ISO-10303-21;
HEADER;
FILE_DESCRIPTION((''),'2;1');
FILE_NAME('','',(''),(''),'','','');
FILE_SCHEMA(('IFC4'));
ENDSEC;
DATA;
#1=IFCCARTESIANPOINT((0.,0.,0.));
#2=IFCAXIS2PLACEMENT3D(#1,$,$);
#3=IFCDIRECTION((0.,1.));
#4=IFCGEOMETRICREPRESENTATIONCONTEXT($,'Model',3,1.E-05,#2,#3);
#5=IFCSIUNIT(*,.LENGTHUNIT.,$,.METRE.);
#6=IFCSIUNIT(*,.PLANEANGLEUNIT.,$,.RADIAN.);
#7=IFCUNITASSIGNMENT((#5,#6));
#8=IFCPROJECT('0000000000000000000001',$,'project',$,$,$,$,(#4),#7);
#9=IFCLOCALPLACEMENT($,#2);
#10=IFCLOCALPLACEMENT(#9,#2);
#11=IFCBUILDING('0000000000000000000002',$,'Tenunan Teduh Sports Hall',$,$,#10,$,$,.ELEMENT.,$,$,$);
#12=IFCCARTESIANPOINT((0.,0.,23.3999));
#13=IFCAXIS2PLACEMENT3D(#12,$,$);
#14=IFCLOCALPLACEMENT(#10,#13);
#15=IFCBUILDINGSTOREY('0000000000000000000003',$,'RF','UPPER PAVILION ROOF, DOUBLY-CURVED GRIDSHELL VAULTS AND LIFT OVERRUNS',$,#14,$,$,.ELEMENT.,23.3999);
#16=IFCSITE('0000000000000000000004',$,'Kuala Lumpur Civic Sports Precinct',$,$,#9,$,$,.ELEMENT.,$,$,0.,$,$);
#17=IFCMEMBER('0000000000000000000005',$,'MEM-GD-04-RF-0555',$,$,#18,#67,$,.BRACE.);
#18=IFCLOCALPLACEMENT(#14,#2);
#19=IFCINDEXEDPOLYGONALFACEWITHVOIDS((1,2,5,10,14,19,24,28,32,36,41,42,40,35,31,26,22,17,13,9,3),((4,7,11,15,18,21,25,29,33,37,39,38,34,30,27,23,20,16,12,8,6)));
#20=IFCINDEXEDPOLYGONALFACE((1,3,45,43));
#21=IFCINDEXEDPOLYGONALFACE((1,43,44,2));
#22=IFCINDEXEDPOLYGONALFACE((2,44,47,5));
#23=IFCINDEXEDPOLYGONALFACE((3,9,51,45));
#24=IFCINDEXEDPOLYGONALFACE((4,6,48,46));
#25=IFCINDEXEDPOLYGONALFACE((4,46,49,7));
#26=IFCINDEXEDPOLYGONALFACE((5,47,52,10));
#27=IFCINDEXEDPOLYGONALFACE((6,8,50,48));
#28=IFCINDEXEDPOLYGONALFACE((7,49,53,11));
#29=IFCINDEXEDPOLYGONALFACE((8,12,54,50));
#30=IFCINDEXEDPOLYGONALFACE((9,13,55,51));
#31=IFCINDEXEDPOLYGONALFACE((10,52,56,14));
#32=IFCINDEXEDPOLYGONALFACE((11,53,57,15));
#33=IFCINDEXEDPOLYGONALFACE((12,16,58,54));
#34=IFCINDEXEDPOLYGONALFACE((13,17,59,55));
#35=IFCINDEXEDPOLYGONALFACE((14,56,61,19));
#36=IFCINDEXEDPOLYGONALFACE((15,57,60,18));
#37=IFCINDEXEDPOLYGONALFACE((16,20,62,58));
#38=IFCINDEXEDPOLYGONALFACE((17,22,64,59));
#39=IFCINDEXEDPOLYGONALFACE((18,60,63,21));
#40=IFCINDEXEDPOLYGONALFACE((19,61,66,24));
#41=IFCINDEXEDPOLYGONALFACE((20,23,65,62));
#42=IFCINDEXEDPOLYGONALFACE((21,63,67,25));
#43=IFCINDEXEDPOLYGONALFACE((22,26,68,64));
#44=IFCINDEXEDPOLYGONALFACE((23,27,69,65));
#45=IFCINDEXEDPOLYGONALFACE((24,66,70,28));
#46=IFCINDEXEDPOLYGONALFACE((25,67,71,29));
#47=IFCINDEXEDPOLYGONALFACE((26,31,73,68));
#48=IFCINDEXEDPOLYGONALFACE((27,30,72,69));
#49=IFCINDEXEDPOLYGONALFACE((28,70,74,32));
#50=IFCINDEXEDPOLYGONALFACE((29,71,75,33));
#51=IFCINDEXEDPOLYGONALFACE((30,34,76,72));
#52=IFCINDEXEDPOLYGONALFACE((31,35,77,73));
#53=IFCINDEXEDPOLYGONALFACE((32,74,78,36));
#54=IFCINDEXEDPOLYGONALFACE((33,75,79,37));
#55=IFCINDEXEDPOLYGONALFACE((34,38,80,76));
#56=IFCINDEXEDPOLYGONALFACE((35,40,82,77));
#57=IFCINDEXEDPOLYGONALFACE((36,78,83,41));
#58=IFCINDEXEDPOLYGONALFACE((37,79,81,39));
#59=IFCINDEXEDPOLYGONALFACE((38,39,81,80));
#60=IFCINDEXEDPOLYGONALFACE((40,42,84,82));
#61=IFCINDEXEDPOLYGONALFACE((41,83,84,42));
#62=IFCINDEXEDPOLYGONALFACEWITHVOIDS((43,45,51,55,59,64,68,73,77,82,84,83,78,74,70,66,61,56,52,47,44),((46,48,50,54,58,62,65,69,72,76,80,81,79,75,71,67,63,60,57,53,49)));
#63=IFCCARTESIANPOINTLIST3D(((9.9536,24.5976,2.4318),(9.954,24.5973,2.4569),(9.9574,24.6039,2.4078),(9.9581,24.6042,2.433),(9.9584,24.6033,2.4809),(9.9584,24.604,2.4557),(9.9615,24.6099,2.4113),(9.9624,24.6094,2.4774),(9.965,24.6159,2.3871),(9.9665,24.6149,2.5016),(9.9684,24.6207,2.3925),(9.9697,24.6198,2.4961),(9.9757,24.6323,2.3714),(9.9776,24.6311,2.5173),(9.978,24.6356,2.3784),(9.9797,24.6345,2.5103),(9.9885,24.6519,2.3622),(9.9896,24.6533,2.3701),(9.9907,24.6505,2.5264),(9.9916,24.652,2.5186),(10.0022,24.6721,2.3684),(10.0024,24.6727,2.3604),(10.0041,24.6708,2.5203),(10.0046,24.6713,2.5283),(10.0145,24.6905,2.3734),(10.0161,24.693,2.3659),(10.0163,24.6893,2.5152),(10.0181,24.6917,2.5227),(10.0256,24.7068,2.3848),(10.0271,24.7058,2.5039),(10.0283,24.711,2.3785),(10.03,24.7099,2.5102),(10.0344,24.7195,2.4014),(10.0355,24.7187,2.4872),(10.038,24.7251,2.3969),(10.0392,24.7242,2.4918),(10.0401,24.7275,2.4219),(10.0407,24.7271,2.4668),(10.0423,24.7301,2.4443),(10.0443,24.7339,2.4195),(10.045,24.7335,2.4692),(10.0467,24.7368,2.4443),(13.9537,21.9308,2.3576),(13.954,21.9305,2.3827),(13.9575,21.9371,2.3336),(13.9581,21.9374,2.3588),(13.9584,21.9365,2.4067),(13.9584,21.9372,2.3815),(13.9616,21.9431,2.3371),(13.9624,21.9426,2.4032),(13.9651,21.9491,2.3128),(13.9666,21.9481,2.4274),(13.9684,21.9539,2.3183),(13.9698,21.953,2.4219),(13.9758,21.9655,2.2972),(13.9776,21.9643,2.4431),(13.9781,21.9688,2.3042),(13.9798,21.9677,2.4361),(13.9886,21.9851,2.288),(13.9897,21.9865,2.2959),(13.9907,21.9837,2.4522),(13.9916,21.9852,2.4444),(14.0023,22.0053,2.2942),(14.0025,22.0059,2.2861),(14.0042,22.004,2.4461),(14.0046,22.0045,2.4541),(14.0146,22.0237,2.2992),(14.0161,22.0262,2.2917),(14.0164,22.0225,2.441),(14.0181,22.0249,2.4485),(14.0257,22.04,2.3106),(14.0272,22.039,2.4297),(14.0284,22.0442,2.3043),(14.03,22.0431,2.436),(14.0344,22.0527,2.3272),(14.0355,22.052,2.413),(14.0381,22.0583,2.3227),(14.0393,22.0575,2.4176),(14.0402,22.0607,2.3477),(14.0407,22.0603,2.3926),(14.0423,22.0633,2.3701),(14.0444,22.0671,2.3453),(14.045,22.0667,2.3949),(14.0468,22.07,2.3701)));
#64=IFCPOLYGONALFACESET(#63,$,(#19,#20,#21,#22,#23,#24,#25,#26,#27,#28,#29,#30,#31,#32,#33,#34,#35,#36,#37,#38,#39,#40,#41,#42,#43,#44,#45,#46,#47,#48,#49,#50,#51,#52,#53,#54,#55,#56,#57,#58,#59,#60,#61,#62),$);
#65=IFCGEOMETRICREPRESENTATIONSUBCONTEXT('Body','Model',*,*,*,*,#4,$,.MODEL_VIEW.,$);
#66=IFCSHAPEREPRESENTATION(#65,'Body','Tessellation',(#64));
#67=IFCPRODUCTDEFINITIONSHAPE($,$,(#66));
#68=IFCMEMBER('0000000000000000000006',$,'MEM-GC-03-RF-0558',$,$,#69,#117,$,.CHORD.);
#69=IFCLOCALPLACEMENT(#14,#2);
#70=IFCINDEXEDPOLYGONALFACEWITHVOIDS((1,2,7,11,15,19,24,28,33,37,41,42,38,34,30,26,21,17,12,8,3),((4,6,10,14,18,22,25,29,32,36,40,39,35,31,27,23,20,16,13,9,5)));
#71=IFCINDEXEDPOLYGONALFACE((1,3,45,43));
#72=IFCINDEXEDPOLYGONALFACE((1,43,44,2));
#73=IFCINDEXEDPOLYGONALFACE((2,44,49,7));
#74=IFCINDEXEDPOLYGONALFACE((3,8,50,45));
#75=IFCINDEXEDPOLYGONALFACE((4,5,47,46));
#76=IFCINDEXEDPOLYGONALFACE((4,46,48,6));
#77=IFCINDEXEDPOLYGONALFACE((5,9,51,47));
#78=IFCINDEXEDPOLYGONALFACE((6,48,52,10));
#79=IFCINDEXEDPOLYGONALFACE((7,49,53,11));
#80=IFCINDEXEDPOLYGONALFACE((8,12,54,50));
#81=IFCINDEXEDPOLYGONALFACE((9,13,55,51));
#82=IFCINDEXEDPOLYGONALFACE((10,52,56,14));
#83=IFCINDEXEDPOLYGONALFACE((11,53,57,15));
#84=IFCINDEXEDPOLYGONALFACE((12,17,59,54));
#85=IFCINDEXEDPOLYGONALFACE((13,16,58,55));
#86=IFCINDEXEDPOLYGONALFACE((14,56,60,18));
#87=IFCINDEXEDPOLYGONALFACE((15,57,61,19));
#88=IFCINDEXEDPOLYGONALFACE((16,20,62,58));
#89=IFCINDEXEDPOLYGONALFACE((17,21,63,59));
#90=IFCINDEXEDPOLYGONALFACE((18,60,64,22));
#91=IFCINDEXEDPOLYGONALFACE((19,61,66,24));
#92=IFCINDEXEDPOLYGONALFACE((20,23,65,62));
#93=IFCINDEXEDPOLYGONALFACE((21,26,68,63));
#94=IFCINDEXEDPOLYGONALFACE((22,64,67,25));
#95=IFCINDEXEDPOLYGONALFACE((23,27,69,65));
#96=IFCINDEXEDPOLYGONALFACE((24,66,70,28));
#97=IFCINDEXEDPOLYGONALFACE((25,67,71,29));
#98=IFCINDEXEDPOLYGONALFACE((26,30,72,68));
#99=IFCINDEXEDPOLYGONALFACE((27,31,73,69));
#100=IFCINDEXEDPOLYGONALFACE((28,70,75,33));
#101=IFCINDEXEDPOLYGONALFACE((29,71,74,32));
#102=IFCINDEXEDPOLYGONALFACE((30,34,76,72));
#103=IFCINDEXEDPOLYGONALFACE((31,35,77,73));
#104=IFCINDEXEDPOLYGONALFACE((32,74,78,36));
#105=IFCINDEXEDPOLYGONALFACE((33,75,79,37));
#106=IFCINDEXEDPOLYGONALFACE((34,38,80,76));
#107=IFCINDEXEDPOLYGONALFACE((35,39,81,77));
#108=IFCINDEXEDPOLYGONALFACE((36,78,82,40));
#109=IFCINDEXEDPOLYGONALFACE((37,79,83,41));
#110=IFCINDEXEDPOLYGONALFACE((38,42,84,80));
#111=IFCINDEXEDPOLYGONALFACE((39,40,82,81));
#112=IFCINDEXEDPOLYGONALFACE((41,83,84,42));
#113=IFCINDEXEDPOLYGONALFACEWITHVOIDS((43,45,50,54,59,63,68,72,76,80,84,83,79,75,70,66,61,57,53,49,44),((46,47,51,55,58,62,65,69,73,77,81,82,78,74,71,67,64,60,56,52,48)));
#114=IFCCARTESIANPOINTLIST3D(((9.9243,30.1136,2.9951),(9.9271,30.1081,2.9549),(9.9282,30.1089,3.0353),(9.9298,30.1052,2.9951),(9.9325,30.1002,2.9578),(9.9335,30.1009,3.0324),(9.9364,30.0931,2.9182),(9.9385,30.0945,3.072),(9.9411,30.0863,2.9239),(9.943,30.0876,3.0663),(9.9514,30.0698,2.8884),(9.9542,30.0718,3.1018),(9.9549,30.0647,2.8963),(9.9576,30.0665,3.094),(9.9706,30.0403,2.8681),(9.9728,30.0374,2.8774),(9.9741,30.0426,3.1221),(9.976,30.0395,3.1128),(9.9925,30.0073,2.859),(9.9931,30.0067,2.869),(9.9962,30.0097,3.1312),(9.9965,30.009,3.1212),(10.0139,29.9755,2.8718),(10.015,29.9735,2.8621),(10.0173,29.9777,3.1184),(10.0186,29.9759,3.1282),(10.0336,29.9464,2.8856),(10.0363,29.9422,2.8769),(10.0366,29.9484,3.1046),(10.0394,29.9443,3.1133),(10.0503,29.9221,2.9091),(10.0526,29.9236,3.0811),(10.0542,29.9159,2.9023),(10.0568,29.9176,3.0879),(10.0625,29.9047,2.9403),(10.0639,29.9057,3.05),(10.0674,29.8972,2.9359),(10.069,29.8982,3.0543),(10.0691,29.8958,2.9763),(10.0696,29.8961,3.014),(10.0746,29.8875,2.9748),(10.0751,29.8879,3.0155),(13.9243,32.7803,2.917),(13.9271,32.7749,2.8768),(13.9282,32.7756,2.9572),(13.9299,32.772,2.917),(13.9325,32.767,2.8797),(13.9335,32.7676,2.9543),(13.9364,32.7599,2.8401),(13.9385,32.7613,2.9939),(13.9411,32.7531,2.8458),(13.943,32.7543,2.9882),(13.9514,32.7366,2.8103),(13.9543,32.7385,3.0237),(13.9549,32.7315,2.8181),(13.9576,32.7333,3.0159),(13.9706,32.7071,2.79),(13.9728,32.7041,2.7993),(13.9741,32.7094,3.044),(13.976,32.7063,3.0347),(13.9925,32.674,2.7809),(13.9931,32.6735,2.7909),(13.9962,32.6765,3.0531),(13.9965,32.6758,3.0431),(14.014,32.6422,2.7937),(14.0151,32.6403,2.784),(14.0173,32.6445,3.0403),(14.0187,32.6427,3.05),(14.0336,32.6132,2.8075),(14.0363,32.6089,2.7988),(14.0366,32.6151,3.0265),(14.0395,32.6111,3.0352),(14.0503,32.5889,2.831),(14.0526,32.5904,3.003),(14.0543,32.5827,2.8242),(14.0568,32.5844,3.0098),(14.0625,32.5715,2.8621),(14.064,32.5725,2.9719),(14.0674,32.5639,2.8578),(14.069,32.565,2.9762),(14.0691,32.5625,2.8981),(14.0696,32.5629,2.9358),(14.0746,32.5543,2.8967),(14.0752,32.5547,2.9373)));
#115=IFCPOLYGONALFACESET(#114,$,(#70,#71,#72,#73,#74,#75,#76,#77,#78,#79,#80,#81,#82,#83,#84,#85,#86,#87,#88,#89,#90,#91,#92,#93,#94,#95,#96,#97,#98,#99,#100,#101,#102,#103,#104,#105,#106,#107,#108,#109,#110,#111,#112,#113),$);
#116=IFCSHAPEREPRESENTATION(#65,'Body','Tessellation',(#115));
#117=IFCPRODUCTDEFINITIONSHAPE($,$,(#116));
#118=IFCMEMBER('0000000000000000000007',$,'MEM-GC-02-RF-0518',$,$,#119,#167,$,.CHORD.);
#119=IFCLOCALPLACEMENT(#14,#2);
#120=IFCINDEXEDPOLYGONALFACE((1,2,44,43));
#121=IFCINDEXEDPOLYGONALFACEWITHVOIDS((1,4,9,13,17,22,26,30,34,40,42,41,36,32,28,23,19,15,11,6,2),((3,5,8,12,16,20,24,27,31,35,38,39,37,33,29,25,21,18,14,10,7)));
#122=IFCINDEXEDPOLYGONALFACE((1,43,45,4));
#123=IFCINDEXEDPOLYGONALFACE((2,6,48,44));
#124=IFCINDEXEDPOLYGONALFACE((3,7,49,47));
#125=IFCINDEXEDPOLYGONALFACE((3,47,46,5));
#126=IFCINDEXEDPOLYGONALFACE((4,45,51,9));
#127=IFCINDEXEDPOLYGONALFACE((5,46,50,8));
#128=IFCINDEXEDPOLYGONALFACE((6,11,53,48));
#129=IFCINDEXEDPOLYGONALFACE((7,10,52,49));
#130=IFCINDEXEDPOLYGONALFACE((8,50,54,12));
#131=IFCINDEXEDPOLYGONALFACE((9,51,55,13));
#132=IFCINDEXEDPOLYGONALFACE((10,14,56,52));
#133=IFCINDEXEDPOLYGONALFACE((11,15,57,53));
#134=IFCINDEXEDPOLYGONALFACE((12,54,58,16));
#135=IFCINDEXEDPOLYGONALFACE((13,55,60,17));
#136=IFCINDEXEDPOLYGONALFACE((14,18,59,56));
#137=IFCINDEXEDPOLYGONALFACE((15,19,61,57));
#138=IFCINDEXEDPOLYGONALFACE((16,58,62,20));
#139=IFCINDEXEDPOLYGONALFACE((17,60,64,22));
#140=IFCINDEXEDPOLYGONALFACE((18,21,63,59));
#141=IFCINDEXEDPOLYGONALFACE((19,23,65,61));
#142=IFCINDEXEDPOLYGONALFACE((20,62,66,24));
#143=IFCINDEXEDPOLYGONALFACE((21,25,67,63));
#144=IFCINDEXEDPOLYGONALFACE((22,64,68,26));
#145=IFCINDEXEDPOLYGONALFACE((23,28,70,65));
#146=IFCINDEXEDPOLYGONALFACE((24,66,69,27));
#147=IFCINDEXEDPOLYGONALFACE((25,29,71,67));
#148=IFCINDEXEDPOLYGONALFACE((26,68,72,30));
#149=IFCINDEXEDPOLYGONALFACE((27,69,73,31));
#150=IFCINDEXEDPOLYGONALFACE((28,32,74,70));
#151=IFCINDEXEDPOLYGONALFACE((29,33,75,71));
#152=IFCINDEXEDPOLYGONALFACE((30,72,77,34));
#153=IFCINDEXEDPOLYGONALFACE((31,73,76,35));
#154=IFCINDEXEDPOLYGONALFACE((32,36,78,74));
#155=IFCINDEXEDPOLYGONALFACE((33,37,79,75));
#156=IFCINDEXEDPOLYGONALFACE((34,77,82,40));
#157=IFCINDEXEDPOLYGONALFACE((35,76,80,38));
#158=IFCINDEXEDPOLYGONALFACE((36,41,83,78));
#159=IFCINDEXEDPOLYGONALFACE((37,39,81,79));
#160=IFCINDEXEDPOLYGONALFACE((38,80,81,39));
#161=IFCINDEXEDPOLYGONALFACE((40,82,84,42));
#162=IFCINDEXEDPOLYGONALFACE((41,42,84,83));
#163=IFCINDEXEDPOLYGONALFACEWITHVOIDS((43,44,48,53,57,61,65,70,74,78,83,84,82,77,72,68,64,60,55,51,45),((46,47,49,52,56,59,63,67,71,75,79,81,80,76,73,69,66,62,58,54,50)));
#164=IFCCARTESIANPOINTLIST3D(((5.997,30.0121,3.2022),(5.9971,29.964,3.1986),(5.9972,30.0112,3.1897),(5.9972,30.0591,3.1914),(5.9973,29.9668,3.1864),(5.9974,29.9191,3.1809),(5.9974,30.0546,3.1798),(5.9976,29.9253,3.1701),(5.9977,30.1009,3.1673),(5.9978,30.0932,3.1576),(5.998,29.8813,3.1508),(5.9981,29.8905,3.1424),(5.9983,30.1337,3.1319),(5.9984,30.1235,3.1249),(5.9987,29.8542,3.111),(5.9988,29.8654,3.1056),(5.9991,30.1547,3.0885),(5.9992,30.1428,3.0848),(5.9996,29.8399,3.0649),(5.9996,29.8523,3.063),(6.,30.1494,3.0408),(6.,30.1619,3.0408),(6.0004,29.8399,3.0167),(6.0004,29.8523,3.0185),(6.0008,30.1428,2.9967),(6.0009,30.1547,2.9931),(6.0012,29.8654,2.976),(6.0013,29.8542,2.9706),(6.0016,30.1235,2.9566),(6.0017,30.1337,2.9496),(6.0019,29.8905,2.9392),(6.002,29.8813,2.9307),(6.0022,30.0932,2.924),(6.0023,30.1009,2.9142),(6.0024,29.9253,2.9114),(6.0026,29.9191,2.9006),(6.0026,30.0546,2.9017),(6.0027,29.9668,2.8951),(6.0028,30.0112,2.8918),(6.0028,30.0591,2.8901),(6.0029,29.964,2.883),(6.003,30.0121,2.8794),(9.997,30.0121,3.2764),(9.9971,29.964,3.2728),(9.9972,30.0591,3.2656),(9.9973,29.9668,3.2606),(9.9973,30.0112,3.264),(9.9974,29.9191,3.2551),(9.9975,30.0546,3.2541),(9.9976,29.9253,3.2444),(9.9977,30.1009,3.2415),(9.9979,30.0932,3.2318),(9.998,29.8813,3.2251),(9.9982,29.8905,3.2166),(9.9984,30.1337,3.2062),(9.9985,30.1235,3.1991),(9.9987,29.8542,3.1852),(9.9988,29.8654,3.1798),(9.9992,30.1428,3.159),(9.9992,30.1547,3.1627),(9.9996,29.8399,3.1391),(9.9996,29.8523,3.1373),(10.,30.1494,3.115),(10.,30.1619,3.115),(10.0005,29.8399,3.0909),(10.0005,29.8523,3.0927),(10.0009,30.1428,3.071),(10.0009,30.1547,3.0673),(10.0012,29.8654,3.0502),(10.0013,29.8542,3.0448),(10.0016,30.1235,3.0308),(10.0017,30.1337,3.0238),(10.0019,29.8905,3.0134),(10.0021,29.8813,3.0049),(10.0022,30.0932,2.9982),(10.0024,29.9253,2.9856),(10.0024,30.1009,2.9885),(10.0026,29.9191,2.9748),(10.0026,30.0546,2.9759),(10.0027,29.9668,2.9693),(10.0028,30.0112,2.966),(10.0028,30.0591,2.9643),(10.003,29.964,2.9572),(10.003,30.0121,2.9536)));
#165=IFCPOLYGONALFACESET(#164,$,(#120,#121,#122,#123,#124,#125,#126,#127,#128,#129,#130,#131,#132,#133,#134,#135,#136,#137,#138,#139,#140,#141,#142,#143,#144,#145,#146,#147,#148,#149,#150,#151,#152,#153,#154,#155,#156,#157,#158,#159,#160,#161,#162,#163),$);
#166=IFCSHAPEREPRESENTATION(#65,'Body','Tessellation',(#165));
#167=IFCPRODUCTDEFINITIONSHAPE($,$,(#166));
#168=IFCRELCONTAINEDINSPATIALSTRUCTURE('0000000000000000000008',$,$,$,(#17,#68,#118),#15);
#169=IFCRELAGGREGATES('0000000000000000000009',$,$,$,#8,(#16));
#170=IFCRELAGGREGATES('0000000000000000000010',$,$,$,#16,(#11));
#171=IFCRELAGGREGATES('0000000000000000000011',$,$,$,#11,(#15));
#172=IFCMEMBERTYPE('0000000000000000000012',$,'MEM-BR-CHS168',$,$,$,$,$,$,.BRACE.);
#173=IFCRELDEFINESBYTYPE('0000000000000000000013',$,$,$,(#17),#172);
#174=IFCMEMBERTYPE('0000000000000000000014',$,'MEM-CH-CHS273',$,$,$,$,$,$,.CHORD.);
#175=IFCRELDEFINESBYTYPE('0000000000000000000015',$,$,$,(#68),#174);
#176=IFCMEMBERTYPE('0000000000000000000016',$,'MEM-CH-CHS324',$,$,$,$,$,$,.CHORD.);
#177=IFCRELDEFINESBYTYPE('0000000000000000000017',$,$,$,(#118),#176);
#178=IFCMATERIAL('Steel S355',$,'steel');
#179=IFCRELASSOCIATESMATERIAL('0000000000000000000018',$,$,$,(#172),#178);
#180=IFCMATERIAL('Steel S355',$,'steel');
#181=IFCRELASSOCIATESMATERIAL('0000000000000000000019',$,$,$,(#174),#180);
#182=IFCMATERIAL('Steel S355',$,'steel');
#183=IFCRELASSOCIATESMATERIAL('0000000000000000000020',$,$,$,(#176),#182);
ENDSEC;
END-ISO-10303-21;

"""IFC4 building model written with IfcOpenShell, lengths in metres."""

from ifc_helpers import new_model, si_unit, direction, frame, origin, origin_2d, place, context, subcontext, project, spatial, hollow_circle, extrude, material, material_profile, profile_set, type_object, element, save


model = new_model("IFC4")

# Units and contexts
model_context = context("Model", 3, precision=1e-05, world=origin(), true_north=direction((0.0, 1.0)))
body_context = subcontext(model_context, "Body", "Model", "MODEL_VIEW")
ifc_project = project(units=[si_unit("LENGTHUNIT", "METRE"), si_unit("PLANEANGLEUNIT", "RADIAN")], contexts=[model_context])

# Site, building, storey
site_placement = place(None, origin())
site = spatial("IfcSite", under=ifc_project, at=site_placement, Name="Kuala Lumpur Civic Sports Precinct", CompositionType="ELEMENT", RefElevation=0.0)
building_placement = place(site_placement, origin())
building = spatial("IfcBuilding", under=site, at=building_placement, Name="Tenunan Teduh Sports Hall", CompositionType="ELEMENT")
storey_placement = place(building_placement, frame((0.0, 0.0, 23.3999)))
storey = spatial("IfcBuildingStorey", under=building, at=storey_placement, Name="RF", Description="UPPER PAVILION ROOF, DOUBLY-CURVED GRIDSHELL VAULTS AND LIFT OVERRUNS", CompositionType="ELEMENT", Elevation=23.3999)

# Members
ifc_material_1 = material(Name="Steel S355", Category="steel")
ifc_material_profile_1 = material_profile(ifc_material_1, hollow_circle(Radius=0.0842, WallThickness=0.0081, at=origin_2d()), Name="CHS 168.3x8.0")
ifc_profile_set_1 = profile_set([ifc_material_profile_1], Name="Steel S355")
member_type_1 = type_object("IfcMemberType", Name="MEM-BR-CHS168", PredefinedType="BRACE", material=ifc_profile_set_1)
member_1_placement = place(storey_placement, frame((10.0, 24.6667, 2.4443), z_axis=(0.831943, -0.554646, -0.015436), x_axis=(0.554712, 0.832042, 0.0)))
element("IfcMember", 1, at=member_1_placement, inside=storey, type_object=member_type_1, Name="MEM-GD-04-RF-0555", PredefinedType="BRACE", context=body_context, shape_type="SweptSolid", body=[
    extrude(hollow_circle(Radius=0.0842, WallThickness=0.0081, at=origin_2d()), origin(), (0.0, 0.0, 1.0), 4.8081),
])
ifc_material_2 = material(Name="Steel S355", Category="steel")
ifc_material_profile_2 = material_profile(ifc_material_2, hollow_circle(Radius=0.1365, WallThickness=0.01, at=origin_2d()), Name="CHS 273.0x10.0")
ifc_profile_set_2 = profile_set([ifc_material_profile_2], Name="Steel S355")
member_type_2 = type_object("IfcMemberType", Name="MEM-CH-CHS273", PredefinedType="CHORD", material=ifc_profile_set_2)
member_2_placement = place(storey_placement, frame((10.0, 30.0, 2.9951), z_axis=(0.831933, 0.554639, -0.016249), x_axis=(-0.554712, 0.832042, 0.0)))
element("IfcMember", 2, at=member_2_placement, inside=storey, type_object=member_type_2, Name="MEM-GC-03-RF-0558", PredefinedType="CHORD", context=body_context, shape_type="SweptSolid", body=[
    extrude(hollow_circle(Radius=0.1365, WallThickness=0.01, at=origin_2d()), origin(), (0.0, 0.0, 1.0), 4.8081),
])
ifc_material_3 = material(Name="Steel S355", Category="steel")
ifc_material_profile_3 = material_profile(ifc_material_3, hollow_circle(Radius=0.1619, WallThickness=0.0125, at=origin_2d()), Name="CHS 323.9x12.5")
ifc_profile_set_3 = profile_set([ifc_material_profile_3], Name="Steel S355")
member_type_3 = type_object("IfcMemberType", Name="MEM-CH-CHS324", PredefinedType="CHORD", material=ifc_profile_set_3)
member_3_placement = place(storey_placement, frame((6.0, 30.0, 3.0408), z_axis=(0.999828, 0.0, 0.018551), x_axis=(0.0, 1.0, 0.0)))
element("IfcMember", 3, at=member_3_placement, inside=storey, type_object=member_type_3, Name="MEM-GC-02-RF-0518", PredefinedType="CHORD", context=body_context, shape_type="SweptSolid", body=[
    extrude(hollow_circle(Radius=0.1619, WallThickness=0.0125, at=origin_2d()), origin(), (0.0, 0.0, 1.0), 4.0007),
])

save(model, "model.ifc")
